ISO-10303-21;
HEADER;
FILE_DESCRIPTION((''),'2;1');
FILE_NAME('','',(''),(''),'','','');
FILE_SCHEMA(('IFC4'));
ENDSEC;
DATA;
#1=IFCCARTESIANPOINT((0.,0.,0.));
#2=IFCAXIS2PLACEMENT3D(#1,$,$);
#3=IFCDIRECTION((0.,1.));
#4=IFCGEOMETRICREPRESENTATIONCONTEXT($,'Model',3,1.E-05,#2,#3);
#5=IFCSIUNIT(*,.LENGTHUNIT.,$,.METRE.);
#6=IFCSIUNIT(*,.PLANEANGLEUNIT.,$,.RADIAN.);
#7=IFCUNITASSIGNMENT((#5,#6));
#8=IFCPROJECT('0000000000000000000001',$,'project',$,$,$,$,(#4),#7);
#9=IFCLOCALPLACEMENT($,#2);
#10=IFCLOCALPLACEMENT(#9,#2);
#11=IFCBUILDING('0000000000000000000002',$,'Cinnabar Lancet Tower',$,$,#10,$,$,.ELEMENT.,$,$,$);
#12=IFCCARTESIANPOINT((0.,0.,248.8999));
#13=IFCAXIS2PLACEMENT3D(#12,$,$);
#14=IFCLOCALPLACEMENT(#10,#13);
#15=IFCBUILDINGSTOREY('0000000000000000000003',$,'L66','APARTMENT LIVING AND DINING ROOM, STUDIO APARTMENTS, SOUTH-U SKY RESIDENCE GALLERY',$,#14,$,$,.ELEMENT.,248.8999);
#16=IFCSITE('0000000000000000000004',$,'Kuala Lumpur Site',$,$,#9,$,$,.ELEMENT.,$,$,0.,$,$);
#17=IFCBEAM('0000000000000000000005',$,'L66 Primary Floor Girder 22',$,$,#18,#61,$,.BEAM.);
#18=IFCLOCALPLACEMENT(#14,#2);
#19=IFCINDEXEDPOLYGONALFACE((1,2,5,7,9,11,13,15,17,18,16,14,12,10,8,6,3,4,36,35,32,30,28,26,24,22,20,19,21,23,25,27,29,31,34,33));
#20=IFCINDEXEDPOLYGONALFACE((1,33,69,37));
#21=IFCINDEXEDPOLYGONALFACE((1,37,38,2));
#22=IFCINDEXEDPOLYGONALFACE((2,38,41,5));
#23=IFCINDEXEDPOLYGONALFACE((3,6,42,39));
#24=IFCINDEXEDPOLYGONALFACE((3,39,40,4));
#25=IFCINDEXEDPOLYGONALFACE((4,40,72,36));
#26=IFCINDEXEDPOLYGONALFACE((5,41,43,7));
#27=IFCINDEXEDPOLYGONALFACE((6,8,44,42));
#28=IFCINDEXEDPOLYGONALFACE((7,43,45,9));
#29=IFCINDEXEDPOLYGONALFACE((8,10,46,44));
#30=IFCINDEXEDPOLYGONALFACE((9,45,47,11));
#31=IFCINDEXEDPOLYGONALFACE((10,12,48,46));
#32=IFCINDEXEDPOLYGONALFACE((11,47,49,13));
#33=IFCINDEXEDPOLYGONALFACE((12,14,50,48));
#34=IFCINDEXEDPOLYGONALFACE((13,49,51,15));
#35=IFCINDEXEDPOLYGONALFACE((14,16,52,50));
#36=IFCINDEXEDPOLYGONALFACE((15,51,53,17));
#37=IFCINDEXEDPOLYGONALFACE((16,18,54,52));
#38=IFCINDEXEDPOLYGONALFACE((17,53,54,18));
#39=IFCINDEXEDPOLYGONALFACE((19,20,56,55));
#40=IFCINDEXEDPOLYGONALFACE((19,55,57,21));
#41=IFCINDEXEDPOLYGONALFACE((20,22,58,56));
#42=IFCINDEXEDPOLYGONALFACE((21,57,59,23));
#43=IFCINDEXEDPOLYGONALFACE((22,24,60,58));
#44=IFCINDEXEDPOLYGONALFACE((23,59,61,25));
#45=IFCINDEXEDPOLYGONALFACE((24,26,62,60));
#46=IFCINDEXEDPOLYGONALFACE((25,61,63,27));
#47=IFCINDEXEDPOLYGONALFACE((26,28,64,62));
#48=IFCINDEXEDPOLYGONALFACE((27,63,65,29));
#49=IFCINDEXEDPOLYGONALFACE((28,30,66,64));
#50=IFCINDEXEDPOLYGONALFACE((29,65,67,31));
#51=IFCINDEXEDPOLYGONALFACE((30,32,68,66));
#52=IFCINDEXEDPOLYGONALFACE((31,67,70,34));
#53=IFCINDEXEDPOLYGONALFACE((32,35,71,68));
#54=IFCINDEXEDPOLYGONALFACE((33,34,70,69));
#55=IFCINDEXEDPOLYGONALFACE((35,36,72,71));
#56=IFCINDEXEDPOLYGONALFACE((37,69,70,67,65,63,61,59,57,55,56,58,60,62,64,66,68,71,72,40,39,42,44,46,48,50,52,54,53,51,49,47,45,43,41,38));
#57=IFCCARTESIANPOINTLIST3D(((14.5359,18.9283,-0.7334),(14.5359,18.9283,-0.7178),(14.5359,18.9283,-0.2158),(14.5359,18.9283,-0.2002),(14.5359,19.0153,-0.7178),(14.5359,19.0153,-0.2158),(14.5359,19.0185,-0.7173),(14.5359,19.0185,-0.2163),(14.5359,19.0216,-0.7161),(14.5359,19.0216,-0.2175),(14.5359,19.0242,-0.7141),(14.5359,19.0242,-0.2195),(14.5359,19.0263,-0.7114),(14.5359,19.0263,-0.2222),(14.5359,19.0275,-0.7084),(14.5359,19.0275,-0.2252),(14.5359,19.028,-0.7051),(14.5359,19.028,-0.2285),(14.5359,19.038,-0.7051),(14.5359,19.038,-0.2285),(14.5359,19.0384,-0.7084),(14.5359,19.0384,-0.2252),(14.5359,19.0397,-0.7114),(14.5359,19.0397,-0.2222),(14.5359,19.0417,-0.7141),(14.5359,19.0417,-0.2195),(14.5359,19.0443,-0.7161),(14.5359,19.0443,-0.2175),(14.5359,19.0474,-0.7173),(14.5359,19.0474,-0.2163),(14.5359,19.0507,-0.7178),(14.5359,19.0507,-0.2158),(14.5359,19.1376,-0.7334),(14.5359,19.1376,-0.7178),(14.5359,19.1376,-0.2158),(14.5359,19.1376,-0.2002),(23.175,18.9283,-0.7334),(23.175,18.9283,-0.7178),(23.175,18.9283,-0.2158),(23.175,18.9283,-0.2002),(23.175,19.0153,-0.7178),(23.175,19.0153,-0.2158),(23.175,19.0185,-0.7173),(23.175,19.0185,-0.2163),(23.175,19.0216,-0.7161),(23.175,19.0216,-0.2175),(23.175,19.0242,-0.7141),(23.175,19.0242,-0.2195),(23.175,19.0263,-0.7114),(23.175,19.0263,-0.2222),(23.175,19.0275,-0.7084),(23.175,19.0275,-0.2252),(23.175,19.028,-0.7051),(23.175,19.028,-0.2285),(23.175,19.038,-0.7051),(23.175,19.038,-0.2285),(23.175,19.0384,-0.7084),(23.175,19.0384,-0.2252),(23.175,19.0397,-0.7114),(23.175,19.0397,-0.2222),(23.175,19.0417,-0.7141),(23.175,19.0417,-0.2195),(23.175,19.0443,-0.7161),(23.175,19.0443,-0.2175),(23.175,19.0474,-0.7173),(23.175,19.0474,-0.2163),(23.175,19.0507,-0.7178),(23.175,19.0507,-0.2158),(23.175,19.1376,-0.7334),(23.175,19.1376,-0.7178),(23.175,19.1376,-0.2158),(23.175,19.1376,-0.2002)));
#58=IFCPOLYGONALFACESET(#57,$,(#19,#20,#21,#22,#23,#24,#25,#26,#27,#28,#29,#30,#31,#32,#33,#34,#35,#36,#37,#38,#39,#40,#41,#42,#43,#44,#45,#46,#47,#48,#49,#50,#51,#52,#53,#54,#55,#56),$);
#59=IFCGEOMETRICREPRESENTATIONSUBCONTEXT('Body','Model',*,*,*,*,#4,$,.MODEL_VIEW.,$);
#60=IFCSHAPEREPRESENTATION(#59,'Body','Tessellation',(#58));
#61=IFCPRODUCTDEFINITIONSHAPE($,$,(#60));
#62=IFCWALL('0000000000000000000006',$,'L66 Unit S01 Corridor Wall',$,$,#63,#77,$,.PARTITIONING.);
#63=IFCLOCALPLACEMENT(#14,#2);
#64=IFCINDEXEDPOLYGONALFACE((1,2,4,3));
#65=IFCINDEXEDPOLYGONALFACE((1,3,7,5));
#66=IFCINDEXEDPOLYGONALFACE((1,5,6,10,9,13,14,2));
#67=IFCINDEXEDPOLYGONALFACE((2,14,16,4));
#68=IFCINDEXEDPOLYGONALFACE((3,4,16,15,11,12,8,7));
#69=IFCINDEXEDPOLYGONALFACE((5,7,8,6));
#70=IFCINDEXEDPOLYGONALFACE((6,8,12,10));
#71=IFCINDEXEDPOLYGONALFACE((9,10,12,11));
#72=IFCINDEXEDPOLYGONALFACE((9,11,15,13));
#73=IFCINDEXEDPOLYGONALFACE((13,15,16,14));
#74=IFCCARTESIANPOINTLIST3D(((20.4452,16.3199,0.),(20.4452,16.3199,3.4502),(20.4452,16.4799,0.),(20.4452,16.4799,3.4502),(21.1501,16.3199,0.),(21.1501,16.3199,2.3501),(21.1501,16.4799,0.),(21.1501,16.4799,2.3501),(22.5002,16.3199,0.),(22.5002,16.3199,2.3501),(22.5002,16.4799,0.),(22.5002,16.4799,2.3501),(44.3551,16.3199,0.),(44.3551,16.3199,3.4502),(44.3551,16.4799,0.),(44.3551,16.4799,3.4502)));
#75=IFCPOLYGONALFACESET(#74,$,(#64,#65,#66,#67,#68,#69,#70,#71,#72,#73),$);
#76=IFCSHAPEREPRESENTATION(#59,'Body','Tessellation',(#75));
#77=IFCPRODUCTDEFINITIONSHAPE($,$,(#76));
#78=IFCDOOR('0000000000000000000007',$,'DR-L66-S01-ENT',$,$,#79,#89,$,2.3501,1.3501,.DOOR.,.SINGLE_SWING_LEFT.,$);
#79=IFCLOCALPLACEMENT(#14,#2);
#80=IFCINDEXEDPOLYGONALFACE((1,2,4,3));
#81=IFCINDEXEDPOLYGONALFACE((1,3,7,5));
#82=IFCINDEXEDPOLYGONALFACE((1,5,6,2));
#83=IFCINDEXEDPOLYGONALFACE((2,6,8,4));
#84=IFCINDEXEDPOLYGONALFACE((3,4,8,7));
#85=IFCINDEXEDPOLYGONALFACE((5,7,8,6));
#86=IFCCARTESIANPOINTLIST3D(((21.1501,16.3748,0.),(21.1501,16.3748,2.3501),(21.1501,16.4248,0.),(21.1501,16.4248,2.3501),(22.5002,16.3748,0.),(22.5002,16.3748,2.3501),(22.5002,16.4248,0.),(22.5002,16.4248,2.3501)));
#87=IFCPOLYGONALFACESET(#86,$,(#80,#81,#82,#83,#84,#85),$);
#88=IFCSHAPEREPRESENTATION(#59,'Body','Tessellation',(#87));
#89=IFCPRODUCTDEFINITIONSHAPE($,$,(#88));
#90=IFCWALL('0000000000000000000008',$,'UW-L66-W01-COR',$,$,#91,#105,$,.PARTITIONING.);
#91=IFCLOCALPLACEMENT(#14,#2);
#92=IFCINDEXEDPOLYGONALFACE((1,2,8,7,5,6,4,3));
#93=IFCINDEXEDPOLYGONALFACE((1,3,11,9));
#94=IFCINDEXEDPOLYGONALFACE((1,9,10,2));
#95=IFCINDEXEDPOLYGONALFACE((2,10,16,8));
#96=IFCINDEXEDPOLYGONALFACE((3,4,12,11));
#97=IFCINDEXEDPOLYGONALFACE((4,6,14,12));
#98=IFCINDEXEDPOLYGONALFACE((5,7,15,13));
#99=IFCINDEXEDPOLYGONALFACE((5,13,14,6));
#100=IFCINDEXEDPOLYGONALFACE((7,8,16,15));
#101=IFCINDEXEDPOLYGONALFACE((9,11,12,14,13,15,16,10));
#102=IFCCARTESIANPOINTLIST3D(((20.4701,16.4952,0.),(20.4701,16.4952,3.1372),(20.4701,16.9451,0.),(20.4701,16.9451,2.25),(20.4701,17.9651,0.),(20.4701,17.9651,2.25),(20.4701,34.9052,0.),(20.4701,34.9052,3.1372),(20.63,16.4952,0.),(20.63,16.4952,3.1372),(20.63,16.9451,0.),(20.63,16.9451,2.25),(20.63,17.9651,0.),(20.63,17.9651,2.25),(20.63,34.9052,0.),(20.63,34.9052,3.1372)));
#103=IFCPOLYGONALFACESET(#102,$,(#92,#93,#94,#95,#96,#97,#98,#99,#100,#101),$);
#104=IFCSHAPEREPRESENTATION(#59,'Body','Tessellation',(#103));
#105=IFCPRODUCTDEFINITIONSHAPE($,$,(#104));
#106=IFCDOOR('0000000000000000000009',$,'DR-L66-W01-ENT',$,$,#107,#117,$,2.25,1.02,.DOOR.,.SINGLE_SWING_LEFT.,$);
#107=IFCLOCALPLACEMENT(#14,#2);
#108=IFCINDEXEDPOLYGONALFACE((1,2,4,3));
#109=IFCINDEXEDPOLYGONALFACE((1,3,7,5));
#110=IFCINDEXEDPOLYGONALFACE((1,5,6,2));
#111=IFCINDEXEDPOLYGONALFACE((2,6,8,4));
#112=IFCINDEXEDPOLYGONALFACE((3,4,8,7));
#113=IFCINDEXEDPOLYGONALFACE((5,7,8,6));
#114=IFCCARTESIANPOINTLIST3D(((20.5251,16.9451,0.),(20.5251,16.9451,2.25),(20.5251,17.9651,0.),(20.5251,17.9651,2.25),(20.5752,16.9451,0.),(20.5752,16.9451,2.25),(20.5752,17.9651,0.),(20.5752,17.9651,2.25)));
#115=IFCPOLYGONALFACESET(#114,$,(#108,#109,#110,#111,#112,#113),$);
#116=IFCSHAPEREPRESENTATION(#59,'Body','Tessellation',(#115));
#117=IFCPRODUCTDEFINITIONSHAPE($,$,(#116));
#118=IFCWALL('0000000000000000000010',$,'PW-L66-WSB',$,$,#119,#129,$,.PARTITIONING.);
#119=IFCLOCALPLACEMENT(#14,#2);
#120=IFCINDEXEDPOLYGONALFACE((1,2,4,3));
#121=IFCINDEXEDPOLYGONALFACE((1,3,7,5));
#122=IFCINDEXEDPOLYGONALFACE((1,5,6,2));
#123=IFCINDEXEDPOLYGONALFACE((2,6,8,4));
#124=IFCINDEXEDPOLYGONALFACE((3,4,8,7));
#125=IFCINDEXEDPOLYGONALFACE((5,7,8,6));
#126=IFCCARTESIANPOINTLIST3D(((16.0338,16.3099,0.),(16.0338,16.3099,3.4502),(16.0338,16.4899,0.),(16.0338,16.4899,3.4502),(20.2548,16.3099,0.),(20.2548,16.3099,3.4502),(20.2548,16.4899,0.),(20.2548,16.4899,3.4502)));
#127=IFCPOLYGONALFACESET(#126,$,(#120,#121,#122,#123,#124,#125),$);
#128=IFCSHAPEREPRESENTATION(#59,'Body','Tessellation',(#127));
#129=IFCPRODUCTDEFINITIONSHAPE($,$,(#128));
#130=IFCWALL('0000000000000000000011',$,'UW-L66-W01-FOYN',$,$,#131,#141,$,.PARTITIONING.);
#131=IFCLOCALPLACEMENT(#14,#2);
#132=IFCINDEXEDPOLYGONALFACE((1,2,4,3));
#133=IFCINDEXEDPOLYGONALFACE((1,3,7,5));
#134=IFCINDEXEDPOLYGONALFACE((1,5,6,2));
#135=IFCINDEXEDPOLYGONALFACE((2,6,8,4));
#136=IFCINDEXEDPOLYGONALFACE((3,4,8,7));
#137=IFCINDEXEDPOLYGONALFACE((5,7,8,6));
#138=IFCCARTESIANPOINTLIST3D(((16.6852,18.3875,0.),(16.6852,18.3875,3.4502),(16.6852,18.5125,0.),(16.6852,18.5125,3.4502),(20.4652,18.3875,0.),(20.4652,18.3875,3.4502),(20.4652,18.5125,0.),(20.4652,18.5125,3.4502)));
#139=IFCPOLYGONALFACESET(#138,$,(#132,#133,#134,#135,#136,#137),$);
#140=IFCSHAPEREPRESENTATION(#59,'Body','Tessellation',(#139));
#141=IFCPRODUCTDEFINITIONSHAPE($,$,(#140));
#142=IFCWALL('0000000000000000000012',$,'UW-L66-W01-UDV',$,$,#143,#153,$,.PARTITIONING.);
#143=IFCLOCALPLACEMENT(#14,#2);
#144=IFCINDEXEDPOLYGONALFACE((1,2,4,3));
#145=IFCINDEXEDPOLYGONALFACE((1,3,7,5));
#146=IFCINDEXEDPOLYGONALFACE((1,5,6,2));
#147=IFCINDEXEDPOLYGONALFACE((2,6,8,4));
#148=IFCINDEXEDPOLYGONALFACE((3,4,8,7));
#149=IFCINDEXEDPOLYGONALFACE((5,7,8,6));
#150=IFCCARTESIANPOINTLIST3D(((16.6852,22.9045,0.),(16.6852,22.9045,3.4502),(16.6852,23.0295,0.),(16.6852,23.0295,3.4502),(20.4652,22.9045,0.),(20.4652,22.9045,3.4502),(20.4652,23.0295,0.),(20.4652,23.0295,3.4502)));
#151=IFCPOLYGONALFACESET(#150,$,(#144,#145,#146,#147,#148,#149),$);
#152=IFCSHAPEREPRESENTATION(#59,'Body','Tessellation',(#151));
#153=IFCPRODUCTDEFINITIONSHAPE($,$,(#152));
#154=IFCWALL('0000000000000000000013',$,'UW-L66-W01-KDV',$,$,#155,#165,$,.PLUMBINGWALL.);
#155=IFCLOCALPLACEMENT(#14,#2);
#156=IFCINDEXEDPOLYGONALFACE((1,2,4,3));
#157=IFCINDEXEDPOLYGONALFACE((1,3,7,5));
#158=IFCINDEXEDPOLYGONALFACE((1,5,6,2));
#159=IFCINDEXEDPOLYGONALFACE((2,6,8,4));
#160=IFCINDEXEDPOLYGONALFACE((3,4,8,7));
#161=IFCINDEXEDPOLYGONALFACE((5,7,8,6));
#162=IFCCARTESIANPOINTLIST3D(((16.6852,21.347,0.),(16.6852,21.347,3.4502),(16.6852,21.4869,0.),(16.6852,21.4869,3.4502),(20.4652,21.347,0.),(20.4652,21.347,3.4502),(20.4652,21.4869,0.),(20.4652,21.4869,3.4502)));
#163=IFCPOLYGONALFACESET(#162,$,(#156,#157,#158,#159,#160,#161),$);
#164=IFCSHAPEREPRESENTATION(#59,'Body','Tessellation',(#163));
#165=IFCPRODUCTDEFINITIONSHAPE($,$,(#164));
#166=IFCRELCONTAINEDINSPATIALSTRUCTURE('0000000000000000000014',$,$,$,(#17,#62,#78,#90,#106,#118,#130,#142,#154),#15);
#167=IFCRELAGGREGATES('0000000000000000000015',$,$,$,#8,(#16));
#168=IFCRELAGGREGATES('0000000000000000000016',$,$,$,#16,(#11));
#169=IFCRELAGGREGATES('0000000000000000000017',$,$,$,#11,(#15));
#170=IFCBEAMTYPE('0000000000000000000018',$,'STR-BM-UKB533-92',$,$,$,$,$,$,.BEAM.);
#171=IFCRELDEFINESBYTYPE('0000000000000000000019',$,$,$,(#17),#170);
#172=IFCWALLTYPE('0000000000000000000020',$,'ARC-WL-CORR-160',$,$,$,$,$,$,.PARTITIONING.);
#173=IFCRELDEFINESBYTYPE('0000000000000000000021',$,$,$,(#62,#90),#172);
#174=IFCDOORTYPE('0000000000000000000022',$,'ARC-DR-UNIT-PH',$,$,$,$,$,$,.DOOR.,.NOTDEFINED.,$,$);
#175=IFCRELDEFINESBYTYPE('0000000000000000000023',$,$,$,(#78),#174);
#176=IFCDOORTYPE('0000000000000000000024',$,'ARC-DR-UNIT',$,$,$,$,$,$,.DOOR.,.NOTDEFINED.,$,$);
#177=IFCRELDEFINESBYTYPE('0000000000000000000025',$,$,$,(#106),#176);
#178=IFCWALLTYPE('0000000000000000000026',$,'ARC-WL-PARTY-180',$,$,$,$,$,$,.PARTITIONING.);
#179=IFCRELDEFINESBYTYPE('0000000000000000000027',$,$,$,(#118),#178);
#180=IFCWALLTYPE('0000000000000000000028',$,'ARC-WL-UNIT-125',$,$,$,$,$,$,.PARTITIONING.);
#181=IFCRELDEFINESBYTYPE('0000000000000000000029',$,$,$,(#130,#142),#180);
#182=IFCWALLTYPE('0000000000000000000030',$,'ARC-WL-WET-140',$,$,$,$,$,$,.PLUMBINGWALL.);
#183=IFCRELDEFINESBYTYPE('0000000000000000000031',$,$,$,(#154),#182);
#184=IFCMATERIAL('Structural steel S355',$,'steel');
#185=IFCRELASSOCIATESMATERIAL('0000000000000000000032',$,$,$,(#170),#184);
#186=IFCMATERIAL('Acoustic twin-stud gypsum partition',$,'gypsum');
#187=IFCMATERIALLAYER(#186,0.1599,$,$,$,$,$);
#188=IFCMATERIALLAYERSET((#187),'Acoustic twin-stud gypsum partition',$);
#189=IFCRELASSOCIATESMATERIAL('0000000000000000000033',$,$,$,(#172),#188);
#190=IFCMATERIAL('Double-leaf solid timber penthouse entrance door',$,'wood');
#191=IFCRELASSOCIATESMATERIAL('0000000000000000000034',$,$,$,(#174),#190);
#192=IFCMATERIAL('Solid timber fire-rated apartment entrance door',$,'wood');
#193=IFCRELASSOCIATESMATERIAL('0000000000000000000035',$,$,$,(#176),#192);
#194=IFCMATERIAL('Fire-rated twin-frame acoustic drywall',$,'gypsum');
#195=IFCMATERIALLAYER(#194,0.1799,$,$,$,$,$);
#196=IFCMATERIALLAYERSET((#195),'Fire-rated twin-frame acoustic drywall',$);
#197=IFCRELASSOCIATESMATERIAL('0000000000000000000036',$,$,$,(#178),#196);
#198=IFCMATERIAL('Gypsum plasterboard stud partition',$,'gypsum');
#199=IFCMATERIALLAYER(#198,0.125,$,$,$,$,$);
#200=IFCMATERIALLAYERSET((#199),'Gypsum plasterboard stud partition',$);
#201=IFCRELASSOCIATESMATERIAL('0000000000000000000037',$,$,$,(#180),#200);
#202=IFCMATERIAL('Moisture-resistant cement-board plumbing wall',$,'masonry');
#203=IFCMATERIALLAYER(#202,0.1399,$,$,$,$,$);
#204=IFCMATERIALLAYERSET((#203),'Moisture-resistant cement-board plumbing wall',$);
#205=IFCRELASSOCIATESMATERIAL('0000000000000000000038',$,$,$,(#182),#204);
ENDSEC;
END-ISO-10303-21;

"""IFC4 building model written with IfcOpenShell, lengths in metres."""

from ifc_helpers import new_model, si_unit, direction, frame, frame_2d, origin, origin_2d, place, context, subcontext, project, spatial, rectangle, i_section, extrude, material, layer, layer_set, material_profile, profile_set, type_object, element, fill, save


model = new_model("IFC4")

# Units and contexts
model_context = context("Model", 3, precision=1e-05, world=origin(), true_north=direction((0.0, 1.0)))
body_context = subcontext(model_context, "Body", "Model", "MODEL_VIEW")
ifc_project = project(units=[si_unit("LENGTHUNIT", "METRE"), si_unit("PLANEANGLEUNIT", "RADIAN")], contexts=[model_context])

# Site, building, storey
site_placement = place(None, origin())
site = spatial("IfcSite", under=ifc_project, at=site_placement, Name="Kuala Lumpur Site", CompositionType="ELEMENT", RefElevation=0.0)
building_placement = place(site_placement, origin())
building = spatial("IfcBuilding", under=site, at=building_placement, Name="Cinnabar Lancet Tower", CompositionType="ELEMENT")
storey_placement = place(building_placement, frame((0.0, 0.0, 248.8999)))
storey = spatial("IfcBuildingStorey", under=building, at=storey_placement, Name="L66", Description="APARTMENT LIVING AND DINING ROOM, STUDIO APARTMENTS, SOUTH-U SKY RESIDENCE GALLERY", CompositionType="ELEMENT", Elevation=248.8999)

# Beam
ifc_material_1 = material(Name="Structural steel S355", Category="steel")
ifc_material_profile_1 = material_profile(ifc_material_1, i_section(OverallWidth=0.2092, OverallDepth=0.5332, WebThickness=0.01, FlangeThickness=0.0156, FilletRadius=0.0127, at=origin_2d()), Name="UKB 533x210x92")
ifc_profile_set_1 = profile_set([ifc_material_profile_1], Name="Structural steel S355")
beam_type_1 = type_object("IfcBeamType", Name="STR-BM-UKB533-92", PredefinedType="BEAM", material=ifc_profile_set_1)
beam_1_placement = place(storey_placement, frame((14.5359, 19.033, -0.4668), z_axis=(1.0, 0.0, 0.0), x_axis=(0.0, 1.0, 0.0)))
element("IfcBeam", 1, at=beam_1_placement, inside=storey, type_object=beam_type_1, Name="L66 Primary Floor Girder 22", PredefinedType="BEAM", context=body_context, shape_type="SweptSolid", body=[
    extrude(i_section(OverallWidth=0.2092, OverallDepth=0.5332, WebThickness=0.01, FlangeThickness=0.0156, FilletRadius=0.0127, at=origin_2d()), origin(), (0.0, 0.0, 1.0), 8.6392),
])

# Walls, openings, doors
ifc_material_2 = material(Name="Acoustic twin-stud gypsum partition", Category="gypsum")
ifc_layer_1 = layer(ifc_material_2, 0.1599)
ifc_layer_set_1 = layer_set([ifc_layer_1], Name="Acoustic twin-stud gypsum partition")
wall_type_1 = type_object("IfcWallType", Name="ARC-WL-CORR-160", PredefinedType="PARTITIONING", material=ifc_layer_set_1)
wall_1_placement = place(storey_placement, frame((20.4451, 16.3999, 0.0), z_axis=(0.0, 0.0, 1.0), x_axis=(1.0, 0.0, 0.0)))
wall_1 = element("IfcWall", 2, at=wall_1_placement, inside=storey, type_object=wall_type_1, Name="L66 Unit S01 Corridor Wall", PredefinedType="PARTITIONING", context=body_context, shape_type="SweptSolid", body=[
    extrude(rectangle(XDim=23.9099, YDim=0.1599, at=frame_2d((11.9551, 0.0))), origin(), (0.0, 0.0, 1.0), 3.4502),
])
opening_1_placement = place(wall_1_placement, frame((0.7051, 0.0, 0.0)))
opening_1 = element("IfcOpeningElement", 3, at=opening_1_placement, cuts=wall_1, PredefinedType="OPENING", context=body_context, shape_type="SweptSolid", body=[
    extrude(rectangle(XDim=1.3501, YDim=2.3501, at=frame_2d((0.675, 1.175))), frame((0.0, 0.0898, 0.0), z_axis=(0.0, -1.0, 0.0), x_axis=(1.0, 0.0, 0.0)), (0.0, 0.0, 1.0), 0.1799),
])
ifc_material_3 = material(Name="Double-leaf solid timber penthouse entrance door", Category="wood")
door_type_1 = type_object("IfcDoorType", Name="ARC-DR-UNIT-PH", OperationType="NOTDEFINED", PredefinedType="DOOR", material=ifc_material_3)
door_1_placement = place(opening_1_placement, origin())
door_1 = element("IfcDoor", 4, at=door_1_placement, inside=storey, type_object=door_type_1, Name="DR-L66-S01-ENT", OperationType="SINGLE_SWING_LEFT", OverallHeight=2.3501, OverallWidth=1.3501, PredefinedType="DOOR", context=body_context, shape_type="SweptSolid", body=[
    extrude(rectangle(XDim=1.3501, YDim=2.3501, at=frame_2d((0.675, 1.175))), frame((0.0, 0.0249, 0.0), z_axis=(0.0, -1.0, 0.0), x_axis=(1.0, 0.0, 0.0)), (0.0, 0.0, 1.0), 0.05),
])
fill(opening_1, door_1)
wall_2_placement = place(storey_placement, frame((20.55, 16.4951, 0.0), z_axis=(0.0, 0.0, 1.0), x_axis=(0.0, 1.0, 0.0)))
wall_2 = element("IfcWall", 5, at=wall_2_placement, inside=storey, type_object=wall_type_1, Name="UW-L66-W01-COR", PredefinedType="PARTITIONING", context=body_context, shape_type="SweptSolid", body=[
    extrude(rectangle(XDim=18.4099, YDim=0.1599, at=frame_2d((9.2051, 0.0))), origin(), (0.0, 0.0, 1.0), 3.1372),
])
opening_2_placement = place(wall_2_placement, frame((0.45, 0.0, 0.0)))
opening_2 = element("IfcOpeningElement", 6, at=opening_2_placement, cuts=wall_2, PredefinedType="OPENING", context=body_context, shape_type="SweptSolid", body=[
    extrude(rectangle(XDim=1.02, YDim=2.25, at=frame_2d((0.51, 1.125))), frame((0.0, 0.0898, 0.0), z_axis=(0.0, -1.0, 0.0), x_axis=(1.0, 0.0, 0.0)), (0.0, 0.0, 1.0), 0.1799),
])
ifc_material_4 = material(Name="Solid timber fire-rated apartment entrance door", Category="wood")
door_type_2 = type_object("IfcDoorType", Name="ARC-DR-UNIT", OperationType="NOTDEFINED", PredefinedType="DOOR", material=ifc_material_4)
door_2_placement = place(opening_2_placement, origin())
door_2 = element("IfcDoor", 7, at=door_2_placement, inside=storey, type_object=door_type_2, Name="DR-L66-W01-ENT", OperationType="SINGLE_SWING_LEFT", OverallHeight=2.25, OverallWidth=1.02, PredefinedType="DOOR", context=body_context, shape_type="SweptSolid", body=[
    extrude(rectangle(XDim=1.02, YDim=2.25, at=frame_2d((0.51, 1.125))), frame((0.0, 0.0249, 0.0), z_axis=(0.0, -1.0, 0.0), x_axis=(1.0, 0.0, 0.0)), (0.0, 0.0, 1.0), 0.05),
])
fill(opening_2, door_2)

# Walls
ifc_material_5 = material(Name="Fire-rated twin-frame acoustic drywall", Category="gypsum")
ifc_layer_2 = layer(ifc_material_5, 0.1799)
ifc_layer_set_2 = layer_set([ifc_layer_2], Name="Fire-rated twin-frame acoustic drywall")
wall_type_2 = type_object("IfcWallType", Name="ARC-WL-PARTY-180", PredefinedType="PARTITIONING", material=ifc_layer_set_2)
wall_3_placement = place(storey_placement, frame((16.0339, 16.3999, 0.0), z_axis=(0.0, 0.0, 1.0), x_axis=(1.0, 0.0, 0.0)))
element("IfcWall", 8, at=wall_3_placement, inside=storey, type_object=wall_type_2, Name="PW-L66-WSB", PredefinedType="PARTITIONING", context=body_context, shape_type="SweptSolid", body=[
    extrude(rectangle(XDim=4.2209, YDim=0.1799, at=frame_2d((2.1104, 0.0))), origin(), (0.0, 0.0, 1.0), 3.4502),
])
ifc_material_6 = material(Name="Gypsum plasterboard stud partition", Category="gypsum")
ifc_layer_3 = layer(ifc_material_6, 0.125)
ifc_layer_set_3 = layer_set([ifc_layer_3], Name="Gypsum plasterboard stud partition")
wall_type_3 = type_object("IfcWallType", Name="ARC-WL-UNIT-125", PredefinedType="PARTITIONING", material=ifc_layer_set_3)
for number, where, z_axis, x_axis, name in (
    (9, (16.6851, 18.45, 0.0), (0.0, 0.0, 1.0), (1.0, 0.0, 0.0), "UW-L66-W01-FOYN"),
    (10, (16.6851, 22.967, 0.0), (0.0, 0.0, 1.0), (1.0, 0.0, 0.0), "UW-L66-W01-UDV"),
):
    element("IfcWall", number, at=place(storey_placement, frame(where, z_axis=z_axis, x_axis=x_axis)), inside=storey, type_object=wall_type_3, Name=name, PredefinedType="PARTITIONING", context=body_context, shape_type="SweptSolid", body=[
        extrude(rectangle(XDim=3.78, YDim=0.125, at=frame_2d((1.8901, 0.0))), origin(), (0.0, 0.0, 1.0), 3.4502),
    ])

# Shared definitions
ifc_material_7 = material(Name="Moisture-resistant cement-board plumbing wall", Category="masonry")
ifc_layer_4 = layer(ifc_material_7, 0.1399)
ifc_layer_set_4 = layer_set([ifc_layer_4], Name="Moisture-resistant cement-board plumbing wall")
wall_type_4 = type_object("IfcWallType", Name="ARC-WL-WET-140", PredefinedType="PLUMBINGWALL", material=ifc_layer_set_4)

# Wall
wall_4_placement = place(storey_placement, frame((16.6851, 21.417, 0.0), z_axis=(0.0, 0.0, 1.0), x_axis=(1.0, 0.0, 0.0)))
element("IfcWall", 11, at=wall_4_placement, inside=storey, type_object=wall_type_4, Name="UW-L66-W01-KDV", PredefinedType="PLUMBINGWALL", context=body_context, shape_type="SweptSolid", body=[
    extrude(rectangle(XDim=3.78, YDim=0.1399, at=frame_2d((1.8901, 0.0))), origin(), (0.0, 0.0, 1.0), 3.4502),
])

save(model, "model.ifc")
